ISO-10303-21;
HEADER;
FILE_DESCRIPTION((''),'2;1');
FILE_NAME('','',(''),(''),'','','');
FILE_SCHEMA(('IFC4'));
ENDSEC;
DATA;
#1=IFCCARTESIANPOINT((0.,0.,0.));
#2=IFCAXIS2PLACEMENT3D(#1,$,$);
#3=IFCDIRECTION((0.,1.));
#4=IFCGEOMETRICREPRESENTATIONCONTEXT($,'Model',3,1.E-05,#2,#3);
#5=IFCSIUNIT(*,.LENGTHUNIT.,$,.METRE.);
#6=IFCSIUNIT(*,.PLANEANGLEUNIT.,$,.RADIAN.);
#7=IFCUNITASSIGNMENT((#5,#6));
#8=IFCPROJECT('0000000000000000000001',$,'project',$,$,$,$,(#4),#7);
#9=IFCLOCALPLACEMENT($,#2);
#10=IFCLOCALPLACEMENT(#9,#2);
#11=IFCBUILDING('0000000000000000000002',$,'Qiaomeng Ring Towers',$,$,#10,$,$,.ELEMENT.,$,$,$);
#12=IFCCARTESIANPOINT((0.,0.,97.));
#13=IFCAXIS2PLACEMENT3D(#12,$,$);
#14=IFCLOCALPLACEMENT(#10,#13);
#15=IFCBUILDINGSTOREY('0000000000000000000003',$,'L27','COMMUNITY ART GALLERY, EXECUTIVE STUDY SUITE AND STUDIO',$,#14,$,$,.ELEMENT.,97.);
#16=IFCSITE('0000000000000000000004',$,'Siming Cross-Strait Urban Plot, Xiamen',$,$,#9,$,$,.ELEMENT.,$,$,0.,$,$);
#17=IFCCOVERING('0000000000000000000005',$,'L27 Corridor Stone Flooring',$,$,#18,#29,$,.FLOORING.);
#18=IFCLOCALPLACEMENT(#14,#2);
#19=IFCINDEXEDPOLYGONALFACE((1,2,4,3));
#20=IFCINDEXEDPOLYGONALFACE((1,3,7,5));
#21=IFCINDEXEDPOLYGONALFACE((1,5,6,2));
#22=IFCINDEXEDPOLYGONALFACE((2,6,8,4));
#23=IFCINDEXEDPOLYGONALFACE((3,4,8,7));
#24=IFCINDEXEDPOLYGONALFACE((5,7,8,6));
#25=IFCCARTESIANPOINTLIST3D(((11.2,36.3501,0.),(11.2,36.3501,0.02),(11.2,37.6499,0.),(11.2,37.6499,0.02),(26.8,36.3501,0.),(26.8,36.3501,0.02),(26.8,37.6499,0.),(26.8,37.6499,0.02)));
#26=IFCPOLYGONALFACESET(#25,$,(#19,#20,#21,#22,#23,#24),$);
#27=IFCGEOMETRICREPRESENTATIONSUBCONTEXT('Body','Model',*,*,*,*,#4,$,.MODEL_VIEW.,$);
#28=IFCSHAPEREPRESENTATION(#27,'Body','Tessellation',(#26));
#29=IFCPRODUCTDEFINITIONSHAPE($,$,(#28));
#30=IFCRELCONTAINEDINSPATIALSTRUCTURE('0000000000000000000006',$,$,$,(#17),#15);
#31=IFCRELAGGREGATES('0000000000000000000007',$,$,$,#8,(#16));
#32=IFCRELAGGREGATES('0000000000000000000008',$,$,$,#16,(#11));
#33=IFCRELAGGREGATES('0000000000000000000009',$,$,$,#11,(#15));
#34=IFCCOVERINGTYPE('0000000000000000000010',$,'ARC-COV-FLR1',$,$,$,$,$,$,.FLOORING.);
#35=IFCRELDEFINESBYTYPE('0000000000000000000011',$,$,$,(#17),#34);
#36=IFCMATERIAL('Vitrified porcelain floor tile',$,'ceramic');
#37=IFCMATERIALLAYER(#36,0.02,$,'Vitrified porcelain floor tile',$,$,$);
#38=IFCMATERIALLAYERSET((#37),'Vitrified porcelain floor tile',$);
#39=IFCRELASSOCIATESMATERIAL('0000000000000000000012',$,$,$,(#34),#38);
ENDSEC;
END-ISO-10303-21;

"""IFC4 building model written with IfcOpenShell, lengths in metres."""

from ifc_helpers import new_model, si_unit, direction, frame, origin, place, context, subcontext, project, spatial, polyline, outline, extrude, material, layer, layer_set, type_object, element, save


model = new_model("IFC4")

# Units and contexts
model_context = context("Model", 3, precision=1e-05, world=origin(), true_north=direction((0.0, 1.0)))
body_context = subcontext(model_context, "Body", "Model", "MODEL_VIEW")
ifc_project = project(units=[si_unit("LENGTHUNIT", "METRE"), si_unit("PLANEANGLEUNIT", "RADIAN")], contexts=[model_context])

# Site, building, storey
site_placement = place(None, origin())
site = spatial("IfcSite", under=ifc_project, at=site_placement, Name="Siming Cross-Strait Urban Plot, Xiamen", CompositionType="ELEMENT", RefElevation=0.0)
building_placement = place(site_placement, origin())
building = spatial("IfcBuilding", under=site, at=building_placement, Name="Qiaomeng Ring Towers", CompositionType="ELEMENT")
storey_placement = place(building_placement, frame((0.0, 0.0, 97.0)))
storey = spatial("IfcBuildingStorey", under=building, at=storey_placement, Name="L27", Description="COMMUNITY ART GALLERY, EXECUTIVE STUDY SUITE AND STUDIO", CompositionType="ELEMENT", Elevation=97.0)

# Covering
ifc_material_1 = material(Name="Vitrified porcelain floor tile", Category="ceramic")
ifc_layer_1 = layer(ifc_material_1, 0.02, Name="Vitrified porcelain floor tile")
ifc_layer_set_1 = layer_set([ifc_layer_1], Name="Vitrified porcelain floor tile")
covering_type_1 = type_object("IfcCoveringType", Name="ARC-COV-FLR1", PredefinedType="FLOORING", material=ifc_layer_set_1)
covering_1_placement = place(storey_placement, origin())
element("IfcCovering", 1, at=covering_1_placement, inside=storey, type_object=covering_type_1, Name="L27 Corridor Stone Flooring", PredefinedType="FLOORING", context=body_context, shape_type="SweptSolid", body=[
    extrude(outline(polyline([(11.2, 36.3501), (11.2, 37.6499), (26.8, 37.6499), (26.8, 36.3501), (11.2, 36.3501)])), origin(), (0.0, 0.0, 1.0), 0.02),
])

save(model, "model.ifc")
